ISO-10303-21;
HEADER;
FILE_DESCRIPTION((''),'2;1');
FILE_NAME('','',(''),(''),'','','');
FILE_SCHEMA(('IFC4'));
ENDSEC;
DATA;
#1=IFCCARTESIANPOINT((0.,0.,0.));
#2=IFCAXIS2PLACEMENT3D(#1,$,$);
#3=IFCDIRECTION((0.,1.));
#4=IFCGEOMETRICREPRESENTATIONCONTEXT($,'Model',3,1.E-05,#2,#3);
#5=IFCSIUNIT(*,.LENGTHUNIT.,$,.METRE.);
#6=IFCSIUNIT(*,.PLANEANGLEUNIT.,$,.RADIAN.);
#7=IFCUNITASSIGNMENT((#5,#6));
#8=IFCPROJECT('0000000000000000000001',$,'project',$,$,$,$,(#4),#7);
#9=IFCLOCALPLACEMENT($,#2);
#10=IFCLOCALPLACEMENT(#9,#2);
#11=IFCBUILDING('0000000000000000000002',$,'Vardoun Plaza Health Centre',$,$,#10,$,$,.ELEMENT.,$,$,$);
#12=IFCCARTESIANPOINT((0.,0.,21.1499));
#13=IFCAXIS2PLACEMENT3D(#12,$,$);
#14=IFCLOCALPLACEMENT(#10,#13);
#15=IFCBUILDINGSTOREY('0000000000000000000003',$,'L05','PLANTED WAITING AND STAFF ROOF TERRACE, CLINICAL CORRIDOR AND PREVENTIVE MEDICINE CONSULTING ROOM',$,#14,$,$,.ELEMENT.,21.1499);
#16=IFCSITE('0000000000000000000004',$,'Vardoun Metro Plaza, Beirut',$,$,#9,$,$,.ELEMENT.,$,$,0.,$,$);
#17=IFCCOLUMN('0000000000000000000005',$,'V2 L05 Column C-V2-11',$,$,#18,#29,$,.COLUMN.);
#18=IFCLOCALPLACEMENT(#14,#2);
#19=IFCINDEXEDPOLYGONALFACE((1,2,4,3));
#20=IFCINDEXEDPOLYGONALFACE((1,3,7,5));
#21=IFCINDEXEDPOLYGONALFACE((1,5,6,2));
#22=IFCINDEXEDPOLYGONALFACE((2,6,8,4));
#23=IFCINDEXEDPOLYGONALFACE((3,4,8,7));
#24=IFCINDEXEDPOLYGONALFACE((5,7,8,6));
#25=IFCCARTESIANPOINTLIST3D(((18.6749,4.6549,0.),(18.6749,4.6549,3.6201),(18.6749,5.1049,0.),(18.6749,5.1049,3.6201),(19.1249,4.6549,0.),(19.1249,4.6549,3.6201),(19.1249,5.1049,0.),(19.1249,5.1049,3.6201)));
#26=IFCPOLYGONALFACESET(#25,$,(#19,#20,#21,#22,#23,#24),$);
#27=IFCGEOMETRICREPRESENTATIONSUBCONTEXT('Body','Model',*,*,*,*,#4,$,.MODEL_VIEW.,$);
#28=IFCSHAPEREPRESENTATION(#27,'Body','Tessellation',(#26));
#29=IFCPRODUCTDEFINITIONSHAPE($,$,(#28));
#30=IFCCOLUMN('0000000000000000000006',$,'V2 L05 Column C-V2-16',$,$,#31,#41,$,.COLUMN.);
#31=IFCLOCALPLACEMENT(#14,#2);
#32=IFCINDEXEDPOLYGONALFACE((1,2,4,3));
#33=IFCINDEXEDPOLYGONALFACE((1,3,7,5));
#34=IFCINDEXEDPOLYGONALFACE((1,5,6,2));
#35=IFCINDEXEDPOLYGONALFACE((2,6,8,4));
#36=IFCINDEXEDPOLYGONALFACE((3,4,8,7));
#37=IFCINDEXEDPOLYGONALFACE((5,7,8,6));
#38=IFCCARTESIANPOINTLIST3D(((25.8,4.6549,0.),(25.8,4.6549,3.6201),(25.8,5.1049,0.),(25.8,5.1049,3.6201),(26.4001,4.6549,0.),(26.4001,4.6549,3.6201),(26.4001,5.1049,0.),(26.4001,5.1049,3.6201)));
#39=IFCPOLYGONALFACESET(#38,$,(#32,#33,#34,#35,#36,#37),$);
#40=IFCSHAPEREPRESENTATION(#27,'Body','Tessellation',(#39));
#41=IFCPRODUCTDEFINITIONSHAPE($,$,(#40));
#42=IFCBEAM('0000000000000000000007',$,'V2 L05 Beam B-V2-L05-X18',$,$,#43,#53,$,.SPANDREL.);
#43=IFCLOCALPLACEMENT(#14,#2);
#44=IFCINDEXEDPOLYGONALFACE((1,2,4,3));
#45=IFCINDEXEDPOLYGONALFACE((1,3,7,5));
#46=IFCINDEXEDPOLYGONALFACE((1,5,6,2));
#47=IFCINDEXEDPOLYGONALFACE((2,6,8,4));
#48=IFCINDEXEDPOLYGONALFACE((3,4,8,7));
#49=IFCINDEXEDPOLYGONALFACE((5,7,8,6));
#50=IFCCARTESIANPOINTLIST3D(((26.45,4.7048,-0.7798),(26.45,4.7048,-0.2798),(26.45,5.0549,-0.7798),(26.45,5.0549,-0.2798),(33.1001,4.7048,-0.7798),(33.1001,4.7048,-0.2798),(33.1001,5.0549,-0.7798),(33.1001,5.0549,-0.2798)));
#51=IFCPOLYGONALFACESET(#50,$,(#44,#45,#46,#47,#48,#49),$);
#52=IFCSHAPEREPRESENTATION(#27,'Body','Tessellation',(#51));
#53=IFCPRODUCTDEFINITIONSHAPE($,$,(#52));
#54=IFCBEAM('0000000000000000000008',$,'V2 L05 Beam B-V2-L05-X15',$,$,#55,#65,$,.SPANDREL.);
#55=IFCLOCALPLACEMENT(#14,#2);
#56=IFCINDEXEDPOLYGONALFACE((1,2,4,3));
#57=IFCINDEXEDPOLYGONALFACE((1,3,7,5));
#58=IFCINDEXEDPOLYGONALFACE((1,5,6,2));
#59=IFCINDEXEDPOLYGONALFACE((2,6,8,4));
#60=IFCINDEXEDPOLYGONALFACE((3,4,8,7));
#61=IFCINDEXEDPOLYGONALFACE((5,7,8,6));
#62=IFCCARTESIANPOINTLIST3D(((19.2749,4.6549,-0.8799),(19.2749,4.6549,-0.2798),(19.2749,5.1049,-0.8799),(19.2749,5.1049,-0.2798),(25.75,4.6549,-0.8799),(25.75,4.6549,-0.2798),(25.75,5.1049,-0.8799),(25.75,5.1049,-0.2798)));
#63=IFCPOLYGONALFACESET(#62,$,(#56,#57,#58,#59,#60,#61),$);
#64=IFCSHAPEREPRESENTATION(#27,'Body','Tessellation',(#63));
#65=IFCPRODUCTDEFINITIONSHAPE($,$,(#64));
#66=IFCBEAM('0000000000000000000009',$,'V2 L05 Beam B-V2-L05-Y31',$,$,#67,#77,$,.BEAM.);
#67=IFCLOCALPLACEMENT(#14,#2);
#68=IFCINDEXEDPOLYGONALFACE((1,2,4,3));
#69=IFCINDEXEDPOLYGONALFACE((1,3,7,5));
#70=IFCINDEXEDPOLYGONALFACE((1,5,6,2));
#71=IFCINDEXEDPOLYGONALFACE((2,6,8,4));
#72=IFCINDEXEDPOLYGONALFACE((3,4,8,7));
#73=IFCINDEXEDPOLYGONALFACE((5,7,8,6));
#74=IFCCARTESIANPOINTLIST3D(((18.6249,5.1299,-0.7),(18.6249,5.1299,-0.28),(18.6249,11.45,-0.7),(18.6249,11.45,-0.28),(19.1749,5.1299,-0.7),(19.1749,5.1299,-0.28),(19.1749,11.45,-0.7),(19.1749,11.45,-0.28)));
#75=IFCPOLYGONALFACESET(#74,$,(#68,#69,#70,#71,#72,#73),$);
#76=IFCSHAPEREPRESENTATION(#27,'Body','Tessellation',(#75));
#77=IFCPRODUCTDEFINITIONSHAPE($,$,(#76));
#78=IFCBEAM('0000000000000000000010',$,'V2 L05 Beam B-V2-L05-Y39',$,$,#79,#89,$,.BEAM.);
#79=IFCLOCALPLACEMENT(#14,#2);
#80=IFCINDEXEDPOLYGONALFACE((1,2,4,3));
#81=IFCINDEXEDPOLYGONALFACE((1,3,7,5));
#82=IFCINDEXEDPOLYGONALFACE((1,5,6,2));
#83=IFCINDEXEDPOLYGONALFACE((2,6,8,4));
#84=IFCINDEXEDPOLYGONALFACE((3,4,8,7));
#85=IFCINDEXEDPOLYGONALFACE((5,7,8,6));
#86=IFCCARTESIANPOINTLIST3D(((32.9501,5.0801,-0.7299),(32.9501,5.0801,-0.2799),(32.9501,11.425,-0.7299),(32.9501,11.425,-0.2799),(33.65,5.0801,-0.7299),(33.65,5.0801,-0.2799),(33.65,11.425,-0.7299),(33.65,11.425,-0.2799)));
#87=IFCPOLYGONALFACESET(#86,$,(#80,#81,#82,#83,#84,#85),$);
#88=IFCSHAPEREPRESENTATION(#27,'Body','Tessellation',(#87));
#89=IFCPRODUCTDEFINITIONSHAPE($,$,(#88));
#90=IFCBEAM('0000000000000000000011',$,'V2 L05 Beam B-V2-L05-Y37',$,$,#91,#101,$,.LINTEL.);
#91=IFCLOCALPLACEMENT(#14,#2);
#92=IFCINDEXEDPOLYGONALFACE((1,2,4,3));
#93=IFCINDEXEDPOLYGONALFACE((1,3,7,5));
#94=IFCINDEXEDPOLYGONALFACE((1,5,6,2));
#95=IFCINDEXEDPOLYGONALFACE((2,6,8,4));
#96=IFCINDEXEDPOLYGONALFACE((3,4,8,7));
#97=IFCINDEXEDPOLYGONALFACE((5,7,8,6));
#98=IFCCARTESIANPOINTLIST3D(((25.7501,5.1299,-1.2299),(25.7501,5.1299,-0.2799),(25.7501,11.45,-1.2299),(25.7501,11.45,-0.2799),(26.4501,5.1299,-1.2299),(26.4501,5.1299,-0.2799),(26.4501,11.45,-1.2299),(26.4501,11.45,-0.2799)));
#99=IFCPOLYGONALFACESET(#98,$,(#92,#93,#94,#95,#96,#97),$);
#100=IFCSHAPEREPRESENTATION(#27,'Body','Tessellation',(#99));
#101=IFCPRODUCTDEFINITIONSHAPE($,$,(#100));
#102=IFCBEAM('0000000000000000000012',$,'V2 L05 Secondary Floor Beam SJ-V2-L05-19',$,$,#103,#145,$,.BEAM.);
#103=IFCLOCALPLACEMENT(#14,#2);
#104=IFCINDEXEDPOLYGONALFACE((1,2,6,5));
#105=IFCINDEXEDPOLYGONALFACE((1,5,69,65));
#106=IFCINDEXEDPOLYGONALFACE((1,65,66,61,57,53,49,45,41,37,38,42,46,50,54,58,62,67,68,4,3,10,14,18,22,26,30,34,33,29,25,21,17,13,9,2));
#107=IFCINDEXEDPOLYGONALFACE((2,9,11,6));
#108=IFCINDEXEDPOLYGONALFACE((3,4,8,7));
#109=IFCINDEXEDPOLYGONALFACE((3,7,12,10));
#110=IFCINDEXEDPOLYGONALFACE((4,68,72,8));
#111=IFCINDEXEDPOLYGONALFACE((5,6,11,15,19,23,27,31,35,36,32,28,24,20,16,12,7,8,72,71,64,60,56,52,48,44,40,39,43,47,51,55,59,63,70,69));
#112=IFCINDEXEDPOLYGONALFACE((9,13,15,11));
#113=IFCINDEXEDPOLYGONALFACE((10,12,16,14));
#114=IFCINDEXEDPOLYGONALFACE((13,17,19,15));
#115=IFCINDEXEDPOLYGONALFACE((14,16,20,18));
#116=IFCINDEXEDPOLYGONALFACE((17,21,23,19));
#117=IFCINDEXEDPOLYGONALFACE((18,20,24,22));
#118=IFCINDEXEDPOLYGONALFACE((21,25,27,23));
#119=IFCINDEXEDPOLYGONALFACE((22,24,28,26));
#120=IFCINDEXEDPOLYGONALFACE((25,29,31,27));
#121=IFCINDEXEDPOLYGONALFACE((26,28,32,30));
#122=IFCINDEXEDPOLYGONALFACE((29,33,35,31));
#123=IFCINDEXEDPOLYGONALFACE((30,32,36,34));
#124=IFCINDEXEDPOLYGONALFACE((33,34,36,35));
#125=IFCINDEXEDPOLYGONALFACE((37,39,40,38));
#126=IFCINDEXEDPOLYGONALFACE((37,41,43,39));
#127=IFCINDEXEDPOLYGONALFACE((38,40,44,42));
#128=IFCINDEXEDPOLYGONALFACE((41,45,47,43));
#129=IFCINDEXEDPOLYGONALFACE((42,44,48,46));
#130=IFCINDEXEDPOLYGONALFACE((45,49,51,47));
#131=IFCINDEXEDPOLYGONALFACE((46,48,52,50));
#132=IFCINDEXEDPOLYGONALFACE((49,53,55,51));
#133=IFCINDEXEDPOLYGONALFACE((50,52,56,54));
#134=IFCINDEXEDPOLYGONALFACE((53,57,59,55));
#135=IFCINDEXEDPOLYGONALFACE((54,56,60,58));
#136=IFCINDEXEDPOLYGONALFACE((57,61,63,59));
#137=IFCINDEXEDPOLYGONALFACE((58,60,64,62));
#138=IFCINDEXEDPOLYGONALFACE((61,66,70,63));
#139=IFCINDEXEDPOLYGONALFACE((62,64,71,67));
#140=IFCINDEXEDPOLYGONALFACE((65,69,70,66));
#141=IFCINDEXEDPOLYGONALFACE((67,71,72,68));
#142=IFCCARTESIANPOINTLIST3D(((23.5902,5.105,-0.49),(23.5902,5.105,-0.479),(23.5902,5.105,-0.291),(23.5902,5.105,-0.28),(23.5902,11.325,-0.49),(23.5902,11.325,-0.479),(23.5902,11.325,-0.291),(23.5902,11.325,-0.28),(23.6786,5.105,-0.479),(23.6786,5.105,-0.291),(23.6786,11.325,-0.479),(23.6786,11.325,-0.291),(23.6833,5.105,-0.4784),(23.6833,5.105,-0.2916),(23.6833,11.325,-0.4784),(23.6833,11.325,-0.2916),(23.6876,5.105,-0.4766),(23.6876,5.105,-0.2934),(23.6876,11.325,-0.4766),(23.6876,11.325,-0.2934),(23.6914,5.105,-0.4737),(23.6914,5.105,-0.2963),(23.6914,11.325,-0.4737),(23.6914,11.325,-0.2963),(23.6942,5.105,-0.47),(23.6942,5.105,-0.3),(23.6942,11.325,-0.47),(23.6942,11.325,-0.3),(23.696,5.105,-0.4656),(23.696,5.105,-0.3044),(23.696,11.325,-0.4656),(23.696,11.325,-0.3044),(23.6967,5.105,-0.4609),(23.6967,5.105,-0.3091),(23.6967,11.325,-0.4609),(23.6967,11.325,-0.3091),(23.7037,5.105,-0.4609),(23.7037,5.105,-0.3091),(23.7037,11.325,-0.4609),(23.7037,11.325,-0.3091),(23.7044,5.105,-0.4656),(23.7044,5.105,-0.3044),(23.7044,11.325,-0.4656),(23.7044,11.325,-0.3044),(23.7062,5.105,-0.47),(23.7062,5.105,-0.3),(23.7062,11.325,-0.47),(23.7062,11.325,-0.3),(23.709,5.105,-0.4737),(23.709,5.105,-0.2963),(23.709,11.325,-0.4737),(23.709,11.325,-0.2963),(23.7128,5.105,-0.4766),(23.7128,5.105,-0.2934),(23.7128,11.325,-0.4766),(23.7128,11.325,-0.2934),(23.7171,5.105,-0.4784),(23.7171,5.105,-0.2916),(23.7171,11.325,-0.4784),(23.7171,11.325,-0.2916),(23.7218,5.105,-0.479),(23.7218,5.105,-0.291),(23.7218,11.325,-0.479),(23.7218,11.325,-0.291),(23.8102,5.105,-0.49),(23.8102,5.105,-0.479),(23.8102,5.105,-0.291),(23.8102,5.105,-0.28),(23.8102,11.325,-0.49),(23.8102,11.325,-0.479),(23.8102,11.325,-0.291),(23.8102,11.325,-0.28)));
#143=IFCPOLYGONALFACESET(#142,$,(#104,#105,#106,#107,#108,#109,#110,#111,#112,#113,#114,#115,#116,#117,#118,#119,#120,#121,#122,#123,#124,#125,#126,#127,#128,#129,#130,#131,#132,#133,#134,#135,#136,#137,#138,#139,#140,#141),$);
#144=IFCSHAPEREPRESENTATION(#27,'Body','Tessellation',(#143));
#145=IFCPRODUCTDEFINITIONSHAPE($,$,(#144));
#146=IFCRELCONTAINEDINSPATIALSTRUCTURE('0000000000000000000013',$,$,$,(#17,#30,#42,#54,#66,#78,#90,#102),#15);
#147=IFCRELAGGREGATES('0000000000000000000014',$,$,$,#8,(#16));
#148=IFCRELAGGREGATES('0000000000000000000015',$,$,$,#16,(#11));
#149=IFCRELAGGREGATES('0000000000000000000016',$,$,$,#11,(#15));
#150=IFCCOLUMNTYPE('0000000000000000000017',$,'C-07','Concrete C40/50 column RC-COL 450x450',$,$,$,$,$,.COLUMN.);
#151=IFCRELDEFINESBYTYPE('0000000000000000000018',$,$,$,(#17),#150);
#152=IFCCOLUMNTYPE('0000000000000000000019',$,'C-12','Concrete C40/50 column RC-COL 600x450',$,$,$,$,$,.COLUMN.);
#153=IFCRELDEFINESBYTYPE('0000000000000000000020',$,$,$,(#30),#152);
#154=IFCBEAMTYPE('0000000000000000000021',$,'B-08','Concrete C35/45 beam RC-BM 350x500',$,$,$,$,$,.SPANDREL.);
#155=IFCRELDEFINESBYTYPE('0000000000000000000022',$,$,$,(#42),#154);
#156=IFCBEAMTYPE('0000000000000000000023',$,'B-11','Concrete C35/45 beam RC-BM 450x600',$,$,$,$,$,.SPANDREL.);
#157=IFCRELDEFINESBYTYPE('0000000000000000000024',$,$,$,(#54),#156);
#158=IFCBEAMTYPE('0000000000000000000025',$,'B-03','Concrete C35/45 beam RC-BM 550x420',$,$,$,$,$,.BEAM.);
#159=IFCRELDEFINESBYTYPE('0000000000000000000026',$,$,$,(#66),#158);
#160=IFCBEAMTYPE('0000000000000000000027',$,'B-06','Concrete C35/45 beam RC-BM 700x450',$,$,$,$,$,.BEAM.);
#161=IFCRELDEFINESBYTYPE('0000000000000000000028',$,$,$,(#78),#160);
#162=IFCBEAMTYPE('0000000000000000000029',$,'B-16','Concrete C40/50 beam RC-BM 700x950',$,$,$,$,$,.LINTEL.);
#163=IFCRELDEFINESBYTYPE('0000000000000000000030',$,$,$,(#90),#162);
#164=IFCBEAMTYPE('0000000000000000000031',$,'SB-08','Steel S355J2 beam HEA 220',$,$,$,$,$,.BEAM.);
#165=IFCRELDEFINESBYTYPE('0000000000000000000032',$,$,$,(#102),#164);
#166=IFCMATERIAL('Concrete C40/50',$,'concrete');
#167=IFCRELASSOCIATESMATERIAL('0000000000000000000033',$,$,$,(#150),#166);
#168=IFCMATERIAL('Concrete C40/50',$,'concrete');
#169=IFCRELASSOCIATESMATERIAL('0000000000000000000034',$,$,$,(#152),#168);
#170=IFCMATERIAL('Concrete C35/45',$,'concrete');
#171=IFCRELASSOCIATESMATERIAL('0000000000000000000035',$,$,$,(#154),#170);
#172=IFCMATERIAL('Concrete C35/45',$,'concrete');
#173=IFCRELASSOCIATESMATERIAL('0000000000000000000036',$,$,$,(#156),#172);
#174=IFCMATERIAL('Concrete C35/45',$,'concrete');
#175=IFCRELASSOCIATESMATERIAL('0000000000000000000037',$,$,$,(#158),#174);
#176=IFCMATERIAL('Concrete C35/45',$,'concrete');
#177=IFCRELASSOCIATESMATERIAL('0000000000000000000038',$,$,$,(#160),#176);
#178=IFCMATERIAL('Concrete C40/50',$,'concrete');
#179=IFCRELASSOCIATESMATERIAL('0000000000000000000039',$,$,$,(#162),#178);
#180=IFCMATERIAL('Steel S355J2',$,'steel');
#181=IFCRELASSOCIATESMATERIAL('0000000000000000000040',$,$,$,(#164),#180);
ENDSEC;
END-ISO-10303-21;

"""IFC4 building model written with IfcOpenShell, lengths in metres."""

from ifc_helpers import new_model, si_unit, direction, frame, origin, origin_2d, place, context, subcontext, project, spatial, rectangle, i_section, extrude, material, material_profile, profile_set, type_object, element, save


model = new_model("IFC4")

# Units and contexts
model_context = context("Model", 3, precision=1e-05, world=origin(), true_north=direction((0.0, 1.0)))
body_context = subcontext(model_context, "Body", "Model", "MODEL_VIEW")
ifc_project = project(units=[si_unit("LENGTHUNIT", "METRE"), si_unit("PLANEANGLEUNIT", "RADIAN")], contexts=[model_context])

# Site, building, storey
site_placement = place(None, origin())
site = spatial("IfcSite", under=ifc_project, at=site_placement, Name="Vardoun Metro Plaza, Beirut", CompositionType="ELEMENT", RefElevation=0.0)
building_placement = place(site_placement, origin())
building = spatial("IfcBuilding", under=site, at=building_placement, Name="Vardoun Plaza Health Centre", CompositionType="ELEMENT")
storey_placement = place(building_placement, frame((0.0, 0.0, 21.1499)))
storey = spatial("IfcBuildingStorey", under=building, at=storey_placement, Name="L05", Description="PLANTED WAITING AND STAFF ROOF TERRACE, CLINICAL CORRIDOR AND PREVENTIVE MEDICINE CONSULTING ROOM", CompositionType="ELEMENT", Elevation=21.1499)

# Columns
ifc_material_1 = material(Name="Concrete C40/50", Category="concrete")
ifc_material_profile_1 = material_profile(ifc_material_1, rectangle(XDim=0.45, YDim=0.45, at=origin_2d()), Name="RC-COL 450x450")
ifc_profile_set_1 = profile_set([ifc_material_profile_1], Name="Concrete C40/50")
column_type_1 = type_object("IfcColumnType", Name="C-07", Description="Concrete C40/50 column RC-COL 450x450", PredefinedType="COLUMN", material=ifc_profile_set_1)
column_1_placement = place(storey_placement, frame((18.8999, 4.8799, 0.0), z_axis=(0.0, 0.0, 1.0), x_axis=(1.0, 0.0, 0.0)))
element("IfcColumn", 1, at=column_1_placement, inside=storey, type_object=column_type_1, Name="V2 L05 Column C-V2-11", PredefinedType="COLUMN", context=body_context, shape_type="SweptSolid", body=[
    extrude(rectangle(XDim=0.45, YDim=0.45, at=origin_2d()), origin(), (0.0, 0.0, 1.0), 3.6201),
])
ifc_material_2 = material(Name="Concrete C40/50", Category="concrete")
ifc_material_profile_2 = material_profile(ifc_material_2, rectangle(XDim=0.6001, YDim=0.45, at=origin_2d()), Name="RC-COL 600x450")
ifc_profile_set_2 = profile_set([ifc_material_profile_2], Name="Concrete C40/50")
column_type_2 = type_object("IfcColumnType", Name="C-12", Description="Concrete C40/50 column RC-COL 600x450", PredefinedType="COLUMN", material=ifc_profile_set_2)
column_2_placement = place(storey_placement, frame((26.1001, 4.8799, 0.0), z_axis=(0.0, 0.0, 1.0), x_axis=(1.0, 0.0, 0.0)))
element("IfcColumn", 2, at=column_2_placement, inside=storey, type_object=column_type_2, Name="V2 L05 Column C-V2-16", PredefinedType="COLUMN", context=body_context, shape_type="SweptSolid", body=[
    extrude(rectangle(XDim=0.6001, YDim=0.45, at=origin_2d()), origin(), (0.0, 0.0, 1.0), 3.6201),
])

# Beams
ifc_material_3 = material(Name="Concrete C35/45", Category="concrete")
ifc_material_profile_3 = material_profile(ifc_material_3, rectangle(XDim=0.3501, YDim=0.5, at=origin_2d()), Name="RC-BM 350x500")
ifc_profile_set_3 = profile_set([ifc_material_profile_3], Name="Concrete C35/45")
beam_type_1 = type_object("IfcBeamType", Name="B-08", Description="Concrete C35/45 beam RC-BM 350x500", PredefinedType="SPANDREL", material=ifc_profile_set_3)
beam_1_placement = place(storey_placement, frame((26.45, 4.8799, -0.5298), z_axis=(1.0, 0.0, 0.0), x_axis=(0.0, 1.0, 0.0)))
element("IfcBeam", 3, at=beam_1_placement, inside=storey, type_object=beam_type_1, Name="V2 L05 Beam B-V2-L05-X18", PredefinedType="SPANDREL", context=body_context, shape_type="SweptSolid", body=[
    extrude(rectangle(XDim=0.3501, YDim=0.5, at=origin_2d()), origin(), (0.0, 0.0, 1.0), 6.6501),
])
ifc_material_4 = material(Name="Concrete C35/45", Category="concrete")
ifc_material_profile_4 = material_profile(ifc_material_4, rectangle(XDim=0.45, YDim=0.6001, at=origin_2d()), Name="RC-BM 450x600")
ifc_profile_set_4 = profile_set([ifc_material_profile_4], Name="Concrete C35/45")
beam_type_2 = type_object("IfcBeamType", Name="B-11", Description="Concrete C35/45 beam RC-BM 450x600", PredefinedType="SPANDREL", material=ifc_profile_set_4)
beam_2_placement = place(storey_placement, frame((19.2749, 4.8799, -0.5798), z_axis=(1.0, 0.0, 0.0), x_axis=(0.0, 1.0, 0.0)))
element("IfcBeam", 4, at=beam_2_placement, inside=storey, type_object=beam_type_2, Name="V2 L05 Beam B-V2-L05-X15", PredefinedType="SPANDREL", context=body_context, shape_type="SweptSolid", body=[
    extrude(rectangle(XDim=0.45, YDim=0.6001, at=origin_2d()), origin(), (0.0, 0.0, 1.0), 6.4751),
])
ifc_material_5 = material(Name="Concrete C35/45", Category="concrete")
ifc_material_profile_5 = material_profile(ifc_material_5, rectangle(XDim=0.55, YDim=0.4199, at=origin_2d()), Name="RC-BM 550x420")
ifc_profile_set_5 = profile_set([ifc_material_profile_5], Name="Concrete C35/45")
beam_type_3 = type_object("IfcBeamType", Name="B-03", Description="Concrete C35/45 beam RC-BM 550x420", PredefinedType="BEAM", material=ifc_profile_set_5)
beam_3_placement = place(storey_placement, frame((18.8999, 5.1299, -0.49), z_axis=(0.0, 1.0, 0.0), x_axis=(-1.0, 0.0, 0.0)))
element("IfcBeam", 5, at=beam_3_placement, inside=storey, type_object=beam_type_3, Name="V2 L05 Beam B-V2-L05-Y31", PredefinedType="BEAM", context=body_context, shape_type="SweptSolid", body=[
    extrude(rectangle(XDim=0.55, YDim=0.4199, at=origin_2d()), origin(), (0.0, 0.0, 1.0), 6.3201),
])
ifc_material_6 = material(Name="Concrete C35/45", Category="concrete")
ifc_material_profile_6 = material_profile(ifc_material_6, rectangle(XDim=0.7, YDim=0.45, at=origin_2d()), Name="RC-BM 700x450")
ifc_profile_set_6 = profile_set([ifc_material_profile_6], Name="Concrete C35/45")
beam_type_4 = type_object("IfcBeamType", Name="B-06", Description="Concrete C35/45 beam RC-BM 700x450", PredefinedType="BEAM", material=ifc_profile_set_6)
beam_4_placement = place(storey_placement, frame((33.3, 5.0801, -0.5049), z_axis=(0.0, 1.0, 0.0), x_axis=(-1.0, 0.0, 0.0)))
element("IfcBeam", 6, at=beam_4_placement, inside=storey, type_object=beam_type_4, Name="V2 L05 Beam B-V2-L05-Y39", PredefinedType="BEAM", context=body_context, shape_type="SweptSolid", body=[
    extrude(rectangle(XDim=0.7, YDim=0.45, at=origin_2d()), origin(), (0.0, 0.0, 1.0), 6.345),
])
ifc_material_7 = material(Name="Concrete C40/50", Category="concrete")
ifc_material_profile_7 = material_profile(ifc_material_7, rectangle(XDim=0.7, YDim=0.95, at=origin_2d()), Name="RC-BM 700x950")
ifc_profile_set_7 = profile_set([ifc_material_profile_7], Name="Concrete C40/50")
beam_type_5 = type_object("IfcBeamType", Name="B-16", Description="Concrete C40/50 beam RC-BM 700x950", PredefinedType="LINTEL", material=ifc_profile_set_7)
beam_5_placement = place(storey_placement, frame((26.1001, 5.1299, -0.7549), z_axis=(0.0, 1.0, 0.0), x_axis=(-1.0, 0.0, 0.0)))
element("IfcBeam", 7, at=beam_5_placement, inside=storey, type_object=beam_type_5, Name="V2 L05 Beam B-V2-L05-Y37", PredefinedType="LINTEL", context=body_context, shape_type="SweptSolid", body=[
    extrude(rectangle(XDim=0.7, YDim=0.95, at=origin_2d()), origin(), (0.0, 0.0, 1.0), 6.3201),
])
ifc_material_8 = material(Name="Steel S355J2", Category="steel")
ifc_material_profile_8 = material_profile(ifc_material_8, i_section(OverallWidth=0.22, OverallDepth=0.21, WebThickness=0.0071, FlangeThickness=0.011, FilletRadius=0.0181, at=origin_2d()), Name="HEA 220")
ifc_profile_set_8 = profile_set([ifc_material_profile_8], Name="Steel S355J2")
beam_type_6 = type_object("IfcBeamType", Name="SB-08", Description="Steel S355J2 beam HEA 220", PredefinedType="BEAM", material=ifc_profile_set_8)
beam_6_placement = place(storey_placement, frame((23.7002, 5.105, -0.385), z_axis=(0.0, 1.0, 0.0), x_axis=(-1.0, 0.0, 0.0)))
element("IfcBeam", 8, at=beam_6_placement, inside=storey, type_object=beam_type_6, Name="V2 L05 Secondary Floor Beam SJ-V2-L05-19", PredefinedType="BEAM", context=body_context, shape_type="SweptSolid", body=[
    extrude(i_section(OverallWidth=0.22, OverallDepth=0.21, WebThickness=0.0071, FlangeThickness=0.011, FilletRadius=0.0181, at=origin_2d()), origin(), (0.0, 0.0, 1.0), 6.22),
])

save(model, "model.ifc")
